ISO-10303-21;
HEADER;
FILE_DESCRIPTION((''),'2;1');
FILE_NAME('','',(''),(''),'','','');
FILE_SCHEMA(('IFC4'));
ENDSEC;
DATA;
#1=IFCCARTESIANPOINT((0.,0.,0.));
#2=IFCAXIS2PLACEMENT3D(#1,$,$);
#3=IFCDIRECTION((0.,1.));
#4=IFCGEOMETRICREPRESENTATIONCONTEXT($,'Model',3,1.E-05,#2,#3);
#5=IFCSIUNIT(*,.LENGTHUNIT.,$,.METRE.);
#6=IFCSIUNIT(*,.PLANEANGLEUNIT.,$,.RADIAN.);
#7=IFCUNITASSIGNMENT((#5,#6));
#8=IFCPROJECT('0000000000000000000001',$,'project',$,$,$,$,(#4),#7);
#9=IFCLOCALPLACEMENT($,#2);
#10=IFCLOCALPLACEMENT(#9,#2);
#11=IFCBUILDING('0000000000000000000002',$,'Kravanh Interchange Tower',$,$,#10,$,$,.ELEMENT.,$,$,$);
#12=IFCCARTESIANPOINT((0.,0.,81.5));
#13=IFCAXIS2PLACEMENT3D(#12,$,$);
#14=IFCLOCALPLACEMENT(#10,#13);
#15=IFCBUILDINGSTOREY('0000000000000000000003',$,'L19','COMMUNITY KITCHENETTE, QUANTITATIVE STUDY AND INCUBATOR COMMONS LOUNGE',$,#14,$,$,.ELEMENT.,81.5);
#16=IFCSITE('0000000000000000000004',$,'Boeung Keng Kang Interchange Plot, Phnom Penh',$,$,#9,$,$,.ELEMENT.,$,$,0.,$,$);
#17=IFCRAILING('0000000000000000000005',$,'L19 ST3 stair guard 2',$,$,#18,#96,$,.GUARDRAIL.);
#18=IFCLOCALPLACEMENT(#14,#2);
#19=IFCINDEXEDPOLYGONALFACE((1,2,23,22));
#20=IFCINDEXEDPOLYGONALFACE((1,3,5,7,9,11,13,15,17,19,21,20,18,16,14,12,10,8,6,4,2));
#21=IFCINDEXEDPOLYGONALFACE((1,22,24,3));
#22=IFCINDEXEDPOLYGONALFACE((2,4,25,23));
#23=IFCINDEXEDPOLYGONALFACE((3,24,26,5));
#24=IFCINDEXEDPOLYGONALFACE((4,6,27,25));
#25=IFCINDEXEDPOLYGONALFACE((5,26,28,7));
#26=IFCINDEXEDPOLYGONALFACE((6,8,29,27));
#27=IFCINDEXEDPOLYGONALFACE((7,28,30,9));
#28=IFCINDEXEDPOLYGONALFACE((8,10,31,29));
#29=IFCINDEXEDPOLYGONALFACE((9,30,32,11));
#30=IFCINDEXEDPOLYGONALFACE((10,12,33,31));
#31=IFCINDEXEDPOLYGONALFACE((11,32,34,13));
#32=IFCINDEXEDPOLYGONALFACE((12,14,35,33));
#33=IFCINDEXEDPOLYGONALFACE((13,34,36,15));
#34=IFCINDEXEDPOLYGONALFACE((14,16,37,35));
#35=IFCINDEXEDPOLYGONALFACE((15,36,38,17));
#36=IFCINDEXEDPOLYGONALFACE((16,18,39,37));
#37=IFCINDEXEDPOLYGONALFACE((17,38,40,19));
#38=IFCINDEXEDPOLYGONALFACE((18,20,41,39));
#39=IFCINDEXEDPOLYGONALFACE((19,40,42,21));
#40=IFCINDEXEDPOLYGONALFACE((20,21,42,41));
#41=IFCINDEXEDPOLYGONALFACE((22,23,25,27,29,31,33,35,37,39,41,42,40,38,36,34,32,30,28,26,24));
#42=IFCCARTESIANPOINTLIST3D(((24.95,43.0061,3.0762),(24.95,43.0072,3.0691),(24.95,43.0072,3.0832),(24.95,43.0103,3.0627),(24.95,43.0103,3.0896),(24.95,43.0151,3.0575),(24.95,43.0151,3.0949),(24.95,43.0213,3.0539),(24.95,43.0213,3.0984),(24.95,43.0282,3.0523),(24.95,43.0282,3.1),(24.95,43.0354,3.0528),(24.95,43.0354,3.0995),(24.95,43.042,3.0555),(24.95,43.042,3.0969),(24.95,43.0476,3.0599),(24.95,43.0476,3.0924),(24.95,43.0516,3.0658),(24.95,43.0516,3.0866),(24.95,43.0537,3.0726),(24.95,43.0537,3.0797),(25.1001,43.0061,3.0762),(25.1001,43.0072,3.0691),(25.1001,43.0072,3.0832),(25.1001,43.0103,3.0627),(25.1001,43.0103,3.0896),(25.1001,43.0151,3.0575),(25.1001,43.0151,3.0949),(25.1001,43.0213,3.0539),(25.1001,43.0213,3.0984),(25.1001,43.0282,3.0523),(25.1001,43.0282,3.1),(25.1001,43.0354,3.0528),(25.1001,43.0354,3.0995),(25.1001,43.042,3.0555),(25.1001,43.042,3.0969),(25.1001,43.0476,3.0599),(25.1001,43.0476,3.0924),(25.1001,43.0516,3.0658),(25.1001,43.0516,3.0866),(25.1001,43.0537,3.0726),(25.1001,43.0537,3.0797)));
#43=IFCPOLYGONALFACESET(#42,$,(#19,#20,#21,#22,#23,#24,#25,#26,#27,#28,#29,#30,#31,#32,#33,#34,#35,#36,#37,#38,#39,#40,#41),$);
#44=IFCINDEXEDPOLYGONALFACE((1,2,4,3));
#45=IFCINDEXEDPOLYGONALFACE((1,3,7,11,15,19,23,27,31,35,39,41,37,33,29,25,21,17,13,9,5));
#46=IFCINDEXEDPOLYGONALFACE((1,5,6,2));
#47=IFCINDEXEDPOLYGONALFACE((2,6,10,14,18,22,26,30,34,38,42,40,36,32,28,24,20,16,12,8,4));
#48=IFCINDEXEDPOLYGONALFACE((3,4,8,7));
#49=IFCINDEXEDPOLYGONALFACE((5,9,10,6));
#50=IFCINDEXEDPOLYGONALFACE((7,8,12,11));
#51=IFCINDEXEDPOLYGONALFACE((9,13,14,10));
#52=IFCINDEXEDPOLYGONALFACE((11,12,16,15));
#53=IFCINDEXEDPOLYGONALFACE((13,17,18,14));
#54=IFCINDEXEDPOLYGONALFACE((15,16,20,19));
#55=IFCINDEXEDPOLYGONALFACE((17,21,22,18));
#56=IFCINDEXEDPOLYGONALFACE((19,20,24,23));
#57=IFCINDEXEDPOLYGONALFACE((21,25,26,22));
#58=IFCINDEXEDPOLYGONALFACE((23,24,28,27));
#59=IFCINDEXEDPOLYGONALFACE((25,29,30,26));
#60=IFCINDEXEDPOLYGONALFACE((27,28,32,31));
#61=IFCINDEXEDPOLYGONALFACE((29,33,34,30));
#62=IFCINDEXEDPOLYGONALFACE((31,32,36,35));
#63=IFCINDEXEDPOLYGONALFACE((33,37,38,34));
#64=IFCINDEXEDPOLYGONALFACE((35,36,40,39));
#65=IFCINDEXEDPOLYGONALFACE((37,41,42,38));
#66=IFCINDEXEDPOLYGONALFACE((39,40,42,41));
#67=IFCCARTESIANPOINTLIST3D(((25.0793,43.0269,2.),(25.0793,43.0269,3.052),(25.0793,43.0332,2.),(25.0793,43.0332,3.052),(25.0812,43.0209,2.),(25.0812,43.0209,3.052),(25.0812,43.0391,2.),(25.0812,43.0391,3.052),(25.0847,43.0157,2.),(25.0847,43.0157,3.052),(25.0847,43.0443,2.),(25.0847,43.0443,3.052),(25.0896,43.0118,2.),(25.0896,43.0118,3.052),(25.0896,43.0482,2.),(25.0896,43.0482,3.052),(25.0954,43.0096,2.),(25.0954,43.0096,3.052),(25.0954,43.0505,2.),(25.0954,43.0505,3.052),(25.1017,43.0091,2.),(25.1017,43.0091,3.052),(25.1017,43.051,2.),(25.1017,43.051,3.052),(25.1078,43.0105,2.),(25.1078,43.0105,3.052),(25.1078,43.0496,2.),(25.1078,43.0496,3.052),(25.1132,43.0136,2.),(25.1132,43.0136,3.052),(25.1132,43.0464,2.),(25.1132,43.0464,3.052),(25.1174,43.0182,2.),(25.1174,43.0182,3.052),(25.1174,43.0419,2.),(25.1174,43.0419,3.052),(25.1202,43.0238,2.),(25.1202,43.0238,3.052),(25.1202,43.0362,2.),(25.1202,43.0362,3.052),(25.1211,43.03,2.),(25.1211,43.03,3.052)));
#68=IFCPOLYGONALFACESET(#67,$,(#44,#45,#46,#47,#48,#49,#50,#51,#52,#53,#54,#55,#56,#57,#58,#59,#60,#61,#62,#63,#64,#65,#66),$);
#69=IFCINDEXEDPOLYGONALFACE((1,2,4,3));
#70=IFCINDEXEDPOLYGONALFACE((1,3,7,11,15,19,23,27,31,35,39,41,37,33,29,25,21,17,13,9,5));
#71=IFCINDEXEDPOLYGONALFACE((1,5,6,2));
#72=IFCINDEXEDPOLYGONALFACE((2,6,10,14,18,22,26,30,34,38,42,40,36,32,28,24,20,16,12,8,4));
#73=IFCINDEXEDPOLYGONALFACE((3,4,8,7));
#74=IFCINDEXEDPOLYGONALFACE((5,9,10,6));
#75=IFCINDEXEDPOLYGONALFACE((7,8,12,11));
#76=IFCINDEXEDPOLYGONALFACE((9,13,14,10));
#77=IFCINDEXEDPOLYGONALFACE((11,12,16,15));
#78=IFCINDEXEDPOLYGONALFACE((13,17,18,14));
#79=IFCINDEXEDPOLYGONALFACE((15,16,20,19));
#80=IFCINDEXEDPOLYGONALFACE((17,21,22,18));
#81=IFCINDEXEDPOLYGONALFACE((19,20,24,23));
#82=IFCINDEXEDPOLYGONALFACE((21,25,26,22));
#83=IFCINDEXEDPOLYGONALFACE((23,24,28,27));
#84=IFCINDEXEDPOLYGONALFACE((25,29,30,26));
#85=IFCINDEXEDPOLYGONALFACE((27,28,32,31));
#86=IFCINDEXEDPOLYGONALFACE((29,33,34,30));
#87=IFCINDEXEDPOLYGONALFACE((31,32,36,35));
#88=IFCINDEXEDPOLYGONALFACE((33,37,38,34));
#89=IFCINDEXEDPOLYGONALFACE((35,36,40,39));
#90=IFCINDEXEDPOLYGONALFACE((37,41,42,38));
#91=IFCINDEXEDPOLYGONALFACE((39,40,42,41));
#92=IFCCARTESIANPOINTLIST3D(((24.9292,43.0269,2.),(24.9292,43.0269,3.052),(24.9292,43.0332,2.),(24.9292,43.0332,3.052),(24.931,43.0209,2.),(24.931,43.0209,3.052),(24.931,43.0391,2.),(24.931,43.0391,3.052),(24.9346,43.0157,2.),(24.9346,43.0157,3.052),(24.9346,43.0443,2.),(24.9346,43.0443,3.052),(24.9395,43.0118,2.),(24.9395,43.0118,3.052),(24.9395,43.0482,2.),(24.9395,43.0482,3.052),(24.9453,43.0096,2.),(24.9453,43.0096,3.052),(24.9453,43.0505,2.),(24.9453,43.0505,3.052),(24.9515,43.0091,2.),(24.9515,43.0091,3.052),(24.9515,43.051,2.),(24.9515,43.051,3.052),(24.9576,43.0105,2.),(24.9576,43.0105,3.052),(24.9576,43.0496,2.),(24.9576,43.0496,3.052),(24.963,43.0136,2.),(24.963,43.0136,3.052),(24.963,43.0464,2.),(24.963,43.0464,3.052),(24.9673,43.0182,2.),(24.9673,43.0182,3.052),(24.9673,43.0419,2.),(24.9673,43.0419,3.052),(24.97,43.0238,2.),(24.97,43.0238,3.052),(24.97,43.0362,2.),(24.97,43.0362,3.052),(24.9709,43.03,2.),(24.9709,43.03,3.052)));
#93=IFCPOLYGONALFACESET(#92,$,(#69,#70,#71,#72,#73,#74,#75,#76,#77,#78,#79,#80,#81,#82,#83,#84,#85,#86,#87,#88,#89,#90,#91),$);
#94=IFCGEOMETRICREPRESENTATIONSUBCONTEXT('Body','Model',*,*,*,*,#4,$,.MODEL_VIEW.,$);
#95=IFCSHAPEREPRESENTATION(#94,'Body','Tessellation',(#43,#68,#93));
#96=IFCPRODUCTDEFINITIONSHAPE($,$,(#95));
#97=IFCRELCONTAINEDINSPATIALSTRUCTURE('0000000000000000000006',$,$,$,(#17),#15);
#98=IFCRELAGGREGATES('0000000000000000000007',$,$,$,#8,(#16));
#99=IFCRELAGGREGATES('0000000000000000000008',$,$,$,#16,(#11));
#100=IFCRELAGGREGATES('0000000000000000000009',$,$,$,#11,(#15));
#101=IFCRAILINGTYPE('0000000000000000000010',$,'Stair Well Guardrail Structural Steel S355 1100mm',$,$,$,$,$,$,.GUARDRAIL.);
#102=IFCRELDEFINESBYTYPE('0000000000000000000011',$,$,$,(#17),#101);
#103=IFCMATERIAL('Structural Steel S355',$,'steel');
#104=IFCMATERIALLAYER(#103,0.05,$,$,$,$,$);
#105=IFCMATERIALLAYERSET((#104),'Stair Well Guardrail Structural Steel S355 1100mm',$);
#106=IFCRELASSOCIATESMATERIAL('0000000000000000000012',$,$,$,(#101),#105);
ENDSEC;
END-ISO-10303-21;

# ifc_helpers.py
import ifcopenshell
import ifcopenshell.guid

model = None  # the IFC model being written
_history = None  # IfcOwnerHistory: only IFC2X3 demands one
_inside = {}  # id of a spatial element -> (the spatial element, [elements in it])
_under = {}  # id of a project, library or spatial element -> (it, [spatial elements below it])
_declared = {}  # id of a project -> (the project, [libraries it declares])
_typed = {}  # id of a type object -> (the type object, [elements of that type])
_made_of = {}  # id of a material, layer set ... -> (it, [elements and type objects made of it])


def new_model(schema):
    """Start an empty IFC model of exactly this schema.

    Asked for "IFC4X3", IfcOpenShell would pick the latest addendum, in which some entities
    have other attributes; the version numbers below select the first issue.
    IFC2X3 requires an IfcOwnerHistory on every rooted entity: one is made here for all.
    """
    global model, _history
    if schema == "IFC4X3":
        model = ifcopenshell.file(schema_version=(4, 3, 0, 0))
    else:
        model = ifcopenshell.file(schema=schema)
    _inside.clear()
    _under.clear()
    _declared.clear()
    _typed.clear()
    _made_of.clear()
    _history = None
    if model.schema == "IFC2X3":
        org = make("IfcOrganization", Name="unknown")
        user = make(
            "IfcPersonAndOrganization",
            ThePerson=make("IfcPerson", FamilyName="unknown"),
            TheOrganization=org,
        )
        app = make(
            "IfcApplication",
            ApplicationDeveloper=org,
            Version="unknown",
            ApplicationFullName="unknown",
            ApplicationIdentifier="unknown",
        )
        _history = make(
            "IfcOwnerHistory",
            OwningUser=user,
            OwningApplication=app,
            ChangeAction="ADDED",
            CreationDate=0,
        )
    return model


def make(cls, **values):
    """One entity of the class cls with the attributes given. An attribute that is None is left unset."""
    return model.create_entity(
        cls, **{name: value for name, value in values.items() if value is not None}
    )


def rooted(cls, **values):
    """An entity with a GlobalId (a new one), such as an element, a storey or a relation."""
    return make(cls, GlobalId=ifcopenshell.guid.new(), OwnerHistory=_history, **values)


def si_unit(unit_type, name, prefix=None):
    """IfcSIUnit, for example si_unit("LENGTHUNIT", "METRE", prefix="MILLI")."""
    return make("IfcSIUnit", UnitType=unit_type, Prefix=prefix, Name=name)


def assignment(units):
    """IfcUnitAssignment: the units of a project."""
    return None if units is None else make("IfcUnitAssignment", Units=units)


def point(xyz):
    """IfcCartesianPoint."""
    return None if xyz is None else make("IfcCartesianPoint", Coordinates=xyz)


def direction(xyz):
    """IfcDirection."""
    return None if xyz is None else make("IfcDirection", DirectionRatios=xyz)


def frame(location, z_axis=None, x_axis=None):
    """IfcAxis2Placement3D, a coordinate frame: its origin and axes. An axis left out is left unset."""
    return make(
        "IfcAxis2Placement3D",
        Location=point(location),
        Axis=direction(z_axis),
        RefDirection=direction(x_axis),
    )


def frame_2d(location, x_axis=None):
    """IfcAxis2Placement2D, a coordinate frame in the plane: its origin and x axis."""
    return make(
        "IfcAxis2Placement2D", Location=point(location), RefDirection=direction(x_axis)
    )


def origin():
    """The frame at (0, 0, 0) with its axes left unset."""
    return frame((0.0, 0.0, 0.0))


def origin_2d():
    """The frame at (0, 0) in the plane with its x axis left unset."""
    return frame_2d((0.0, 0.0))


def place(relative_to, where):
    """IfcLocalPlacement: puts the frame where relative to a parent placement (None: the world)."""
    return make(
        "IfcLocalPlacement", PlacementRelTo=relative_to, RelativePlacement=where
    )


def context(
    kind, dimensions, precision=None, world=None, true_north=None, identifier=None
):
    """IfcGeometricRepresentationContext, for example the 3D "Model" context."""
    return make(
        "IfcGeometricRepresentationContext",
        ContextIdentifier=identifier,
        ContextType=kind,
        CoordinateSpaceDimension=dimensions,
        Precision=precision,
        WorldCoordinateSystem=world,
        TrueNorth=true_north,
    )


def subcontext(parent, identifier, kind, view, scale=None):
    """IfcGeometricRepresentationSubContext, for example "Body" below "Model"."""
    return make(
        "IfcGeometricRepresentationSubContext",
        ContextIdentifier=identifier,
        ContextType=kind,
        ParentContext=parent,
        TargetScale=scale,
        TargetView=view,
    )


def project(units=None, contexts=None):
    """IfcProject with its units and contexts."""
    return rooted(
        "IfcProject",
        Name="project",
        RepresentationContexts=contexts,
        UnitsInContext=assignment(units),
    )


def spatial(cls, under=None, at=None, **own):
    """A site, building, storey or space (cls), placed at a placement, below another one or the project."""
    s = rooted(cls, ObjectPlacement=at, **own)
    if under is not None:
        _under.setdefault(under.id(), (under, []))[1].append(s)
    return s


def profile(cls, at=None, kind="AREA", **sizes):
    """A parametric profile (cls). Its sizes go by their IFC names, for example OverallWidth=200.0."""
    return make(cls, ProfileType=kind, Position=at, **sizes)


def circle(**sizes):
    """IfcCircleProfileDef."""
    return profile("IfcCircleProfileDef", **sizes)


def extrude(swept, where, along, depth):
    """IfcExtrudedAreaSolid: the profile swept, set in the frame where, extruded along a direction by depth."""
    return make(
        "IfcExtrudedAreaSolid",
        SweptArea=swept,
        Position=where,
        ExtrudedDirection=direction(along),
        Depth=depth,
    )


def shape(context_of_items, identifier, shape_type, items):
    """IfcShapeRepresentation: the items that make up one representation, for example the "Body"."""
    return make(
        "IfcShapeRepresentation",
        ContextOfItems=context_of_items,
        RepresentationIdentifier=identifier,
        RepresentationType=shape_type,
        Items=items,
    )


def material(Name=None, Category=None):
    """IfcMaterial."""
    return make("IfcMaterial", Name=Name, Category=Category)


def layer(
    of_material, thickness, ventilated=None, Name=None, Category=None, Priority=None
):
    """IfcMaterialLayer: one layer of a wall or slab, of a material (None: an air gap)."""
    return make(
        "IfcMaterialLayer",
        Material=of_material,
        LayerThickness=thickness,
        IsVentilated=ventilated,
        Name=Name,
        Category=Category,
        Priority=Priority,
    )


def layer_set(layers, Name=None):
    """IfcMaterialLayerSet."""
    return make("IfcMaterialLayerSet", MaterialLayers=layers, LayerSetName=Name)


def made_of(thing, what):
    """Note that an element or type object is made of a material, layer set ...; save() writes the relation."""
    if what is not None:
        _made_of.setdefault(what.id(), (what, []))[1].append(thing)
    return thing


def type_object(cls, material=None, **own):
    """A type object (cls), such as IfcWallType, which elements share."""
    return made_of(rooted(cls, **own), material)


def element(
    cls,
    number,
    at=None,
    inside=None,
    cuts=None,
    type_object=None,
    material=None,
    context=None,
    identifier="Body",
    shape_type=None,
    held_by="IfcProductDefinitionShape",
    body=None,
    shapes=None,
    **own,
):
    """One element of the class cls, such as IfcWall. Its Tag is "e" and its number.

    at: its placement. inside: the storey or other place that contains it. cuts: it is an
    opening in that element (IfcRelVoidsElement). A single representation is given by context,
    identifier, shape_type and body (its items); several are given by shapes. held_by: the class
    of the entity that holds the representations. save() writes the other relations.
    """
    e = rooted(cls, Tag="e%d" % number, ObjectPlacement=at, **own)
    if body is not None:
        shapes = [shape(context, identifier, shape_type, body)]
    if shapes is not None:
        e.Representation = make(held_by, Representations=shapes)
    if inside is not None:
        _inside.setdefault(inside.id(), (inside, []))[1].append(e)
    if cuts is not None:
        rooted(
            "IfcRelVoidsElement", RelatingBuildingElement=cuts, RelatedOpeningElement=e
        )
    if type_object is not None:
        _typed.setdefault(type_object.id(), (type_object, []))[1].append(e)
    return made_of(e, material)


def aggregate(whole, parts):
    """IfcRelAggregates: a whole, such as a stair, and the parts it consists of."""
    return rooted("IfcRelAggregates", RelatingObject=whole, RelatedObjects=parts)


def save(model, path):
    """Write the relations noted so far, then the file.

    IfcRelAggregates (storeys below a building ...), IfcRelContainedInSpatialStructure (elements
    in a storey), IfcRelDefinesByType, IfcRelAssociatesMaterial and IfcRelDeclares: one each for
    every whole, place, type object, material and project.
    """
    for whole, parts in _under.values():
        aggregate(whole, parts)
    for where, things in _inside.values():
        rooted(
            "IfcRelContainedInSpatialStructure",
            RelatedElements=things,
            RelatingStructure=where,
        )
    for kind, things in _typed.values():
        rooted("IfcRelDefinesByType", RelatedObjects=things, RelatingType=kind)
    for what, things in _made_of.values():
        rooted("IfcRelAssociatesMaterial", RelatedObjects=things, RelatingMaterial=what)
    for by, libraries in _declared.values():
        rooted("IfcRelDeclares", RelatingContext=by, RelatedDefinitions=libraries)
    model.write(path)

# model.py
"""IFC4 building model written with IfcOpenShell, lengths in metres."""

from ifc_helpers import new_model, si_unit, direction, frame, origin, origin_2d, place, context, subcontext, project, spatial, circle, extrude, material, layer, layer_set, type_object, element, save


model = new_model("IFC4")

# Units and contexts
model_context = context("Model", 3, precision=1e-05, world=origin(), true_north=direction((0.0, 1.0)))
body_context = subcontext(model_context, "Body", "Model", "MODEL_VIEW")
ifc_project = project(units=[si_unit("LENGTHUNIT", "METRE"), si_unit("PLANEANGLEUNIT", "RADIAN")], contexts=[model_context])

# Site, building, storey
site_placement = place(None, origin())
site = spatial("IfcSite", under=ifc_project, at=site_placement, Name="Boeung Keng Kang Interchange Plot, Phnom Penh", CompositionType="ELEMENT", RefElevation=0.0)
building_placement = place(site_placement, origin())
building = spatial("IfcBuilding", under=site, at=building_placement, Name="Kravanh Interchange Tower", CompositionType="ELEMENT")
storey_placement = place(building_placement, frame((0.0, 0.0, 81.5)))
storey = spatial("IfcBuildingStorey", under=building, at=storey_placement, Name="L19", Description="COMMUNITY KITCHENETTE, QUANTITATIVE STUDY AND INCUBATOR COMMONS LOUNGE", CompositionType="ELEMENT", Elevation=81.5)

# Railing
ifc_material_1 = material(Name="Structural Steel S355", Category="steel")
ifc_layer_1 = layer(ifc_material_1, 0.05)
ifc_layer_set_1 = layer_set([ifc_layer_1], Name="Stair Well Guardrail Structural Steel S355 1100mm")
railing_type_1 = type_object("IfcRailingType", Name="Stair Well Guardrail Structural Steel S355 1100mm", PredefinedType="GUARDRAIL", material=ifc_layer_set_1)
railing_1_placement = place(storey_placement, frame((25.1001, 43.03, 2.0)))
element("IfcRailing", 1, at=railing_1_placement, inside=storey, type_object=railing_type_1, Name="L19 ST3 stair guard 2", PredefinedType="GUARDRAIL", context=body_context, shape_type="SweptSolid", body=[
    extrude(circle(Radius=0.0239, at=origin_2d()), frame((0.0, 0.0, 1.0762), z_axis=(-1.0, 0.0, 0.0), x_axis=(0.0, -1.0, 0.0)), (0.0, 0.0, 1.0), 0.1501),
    extrude(circle(Radius=0.021, at=origin_2d()), origin(), (0.0, 0.0, 1.0), 1.052),
    extrude(circle(Radius=0.021, at=origin_2d()), frame((-0.1501, 0.0, 0.0)), (0.0, 0.0, 1.0), 1.052),
])

save(model, "model.ifc")
